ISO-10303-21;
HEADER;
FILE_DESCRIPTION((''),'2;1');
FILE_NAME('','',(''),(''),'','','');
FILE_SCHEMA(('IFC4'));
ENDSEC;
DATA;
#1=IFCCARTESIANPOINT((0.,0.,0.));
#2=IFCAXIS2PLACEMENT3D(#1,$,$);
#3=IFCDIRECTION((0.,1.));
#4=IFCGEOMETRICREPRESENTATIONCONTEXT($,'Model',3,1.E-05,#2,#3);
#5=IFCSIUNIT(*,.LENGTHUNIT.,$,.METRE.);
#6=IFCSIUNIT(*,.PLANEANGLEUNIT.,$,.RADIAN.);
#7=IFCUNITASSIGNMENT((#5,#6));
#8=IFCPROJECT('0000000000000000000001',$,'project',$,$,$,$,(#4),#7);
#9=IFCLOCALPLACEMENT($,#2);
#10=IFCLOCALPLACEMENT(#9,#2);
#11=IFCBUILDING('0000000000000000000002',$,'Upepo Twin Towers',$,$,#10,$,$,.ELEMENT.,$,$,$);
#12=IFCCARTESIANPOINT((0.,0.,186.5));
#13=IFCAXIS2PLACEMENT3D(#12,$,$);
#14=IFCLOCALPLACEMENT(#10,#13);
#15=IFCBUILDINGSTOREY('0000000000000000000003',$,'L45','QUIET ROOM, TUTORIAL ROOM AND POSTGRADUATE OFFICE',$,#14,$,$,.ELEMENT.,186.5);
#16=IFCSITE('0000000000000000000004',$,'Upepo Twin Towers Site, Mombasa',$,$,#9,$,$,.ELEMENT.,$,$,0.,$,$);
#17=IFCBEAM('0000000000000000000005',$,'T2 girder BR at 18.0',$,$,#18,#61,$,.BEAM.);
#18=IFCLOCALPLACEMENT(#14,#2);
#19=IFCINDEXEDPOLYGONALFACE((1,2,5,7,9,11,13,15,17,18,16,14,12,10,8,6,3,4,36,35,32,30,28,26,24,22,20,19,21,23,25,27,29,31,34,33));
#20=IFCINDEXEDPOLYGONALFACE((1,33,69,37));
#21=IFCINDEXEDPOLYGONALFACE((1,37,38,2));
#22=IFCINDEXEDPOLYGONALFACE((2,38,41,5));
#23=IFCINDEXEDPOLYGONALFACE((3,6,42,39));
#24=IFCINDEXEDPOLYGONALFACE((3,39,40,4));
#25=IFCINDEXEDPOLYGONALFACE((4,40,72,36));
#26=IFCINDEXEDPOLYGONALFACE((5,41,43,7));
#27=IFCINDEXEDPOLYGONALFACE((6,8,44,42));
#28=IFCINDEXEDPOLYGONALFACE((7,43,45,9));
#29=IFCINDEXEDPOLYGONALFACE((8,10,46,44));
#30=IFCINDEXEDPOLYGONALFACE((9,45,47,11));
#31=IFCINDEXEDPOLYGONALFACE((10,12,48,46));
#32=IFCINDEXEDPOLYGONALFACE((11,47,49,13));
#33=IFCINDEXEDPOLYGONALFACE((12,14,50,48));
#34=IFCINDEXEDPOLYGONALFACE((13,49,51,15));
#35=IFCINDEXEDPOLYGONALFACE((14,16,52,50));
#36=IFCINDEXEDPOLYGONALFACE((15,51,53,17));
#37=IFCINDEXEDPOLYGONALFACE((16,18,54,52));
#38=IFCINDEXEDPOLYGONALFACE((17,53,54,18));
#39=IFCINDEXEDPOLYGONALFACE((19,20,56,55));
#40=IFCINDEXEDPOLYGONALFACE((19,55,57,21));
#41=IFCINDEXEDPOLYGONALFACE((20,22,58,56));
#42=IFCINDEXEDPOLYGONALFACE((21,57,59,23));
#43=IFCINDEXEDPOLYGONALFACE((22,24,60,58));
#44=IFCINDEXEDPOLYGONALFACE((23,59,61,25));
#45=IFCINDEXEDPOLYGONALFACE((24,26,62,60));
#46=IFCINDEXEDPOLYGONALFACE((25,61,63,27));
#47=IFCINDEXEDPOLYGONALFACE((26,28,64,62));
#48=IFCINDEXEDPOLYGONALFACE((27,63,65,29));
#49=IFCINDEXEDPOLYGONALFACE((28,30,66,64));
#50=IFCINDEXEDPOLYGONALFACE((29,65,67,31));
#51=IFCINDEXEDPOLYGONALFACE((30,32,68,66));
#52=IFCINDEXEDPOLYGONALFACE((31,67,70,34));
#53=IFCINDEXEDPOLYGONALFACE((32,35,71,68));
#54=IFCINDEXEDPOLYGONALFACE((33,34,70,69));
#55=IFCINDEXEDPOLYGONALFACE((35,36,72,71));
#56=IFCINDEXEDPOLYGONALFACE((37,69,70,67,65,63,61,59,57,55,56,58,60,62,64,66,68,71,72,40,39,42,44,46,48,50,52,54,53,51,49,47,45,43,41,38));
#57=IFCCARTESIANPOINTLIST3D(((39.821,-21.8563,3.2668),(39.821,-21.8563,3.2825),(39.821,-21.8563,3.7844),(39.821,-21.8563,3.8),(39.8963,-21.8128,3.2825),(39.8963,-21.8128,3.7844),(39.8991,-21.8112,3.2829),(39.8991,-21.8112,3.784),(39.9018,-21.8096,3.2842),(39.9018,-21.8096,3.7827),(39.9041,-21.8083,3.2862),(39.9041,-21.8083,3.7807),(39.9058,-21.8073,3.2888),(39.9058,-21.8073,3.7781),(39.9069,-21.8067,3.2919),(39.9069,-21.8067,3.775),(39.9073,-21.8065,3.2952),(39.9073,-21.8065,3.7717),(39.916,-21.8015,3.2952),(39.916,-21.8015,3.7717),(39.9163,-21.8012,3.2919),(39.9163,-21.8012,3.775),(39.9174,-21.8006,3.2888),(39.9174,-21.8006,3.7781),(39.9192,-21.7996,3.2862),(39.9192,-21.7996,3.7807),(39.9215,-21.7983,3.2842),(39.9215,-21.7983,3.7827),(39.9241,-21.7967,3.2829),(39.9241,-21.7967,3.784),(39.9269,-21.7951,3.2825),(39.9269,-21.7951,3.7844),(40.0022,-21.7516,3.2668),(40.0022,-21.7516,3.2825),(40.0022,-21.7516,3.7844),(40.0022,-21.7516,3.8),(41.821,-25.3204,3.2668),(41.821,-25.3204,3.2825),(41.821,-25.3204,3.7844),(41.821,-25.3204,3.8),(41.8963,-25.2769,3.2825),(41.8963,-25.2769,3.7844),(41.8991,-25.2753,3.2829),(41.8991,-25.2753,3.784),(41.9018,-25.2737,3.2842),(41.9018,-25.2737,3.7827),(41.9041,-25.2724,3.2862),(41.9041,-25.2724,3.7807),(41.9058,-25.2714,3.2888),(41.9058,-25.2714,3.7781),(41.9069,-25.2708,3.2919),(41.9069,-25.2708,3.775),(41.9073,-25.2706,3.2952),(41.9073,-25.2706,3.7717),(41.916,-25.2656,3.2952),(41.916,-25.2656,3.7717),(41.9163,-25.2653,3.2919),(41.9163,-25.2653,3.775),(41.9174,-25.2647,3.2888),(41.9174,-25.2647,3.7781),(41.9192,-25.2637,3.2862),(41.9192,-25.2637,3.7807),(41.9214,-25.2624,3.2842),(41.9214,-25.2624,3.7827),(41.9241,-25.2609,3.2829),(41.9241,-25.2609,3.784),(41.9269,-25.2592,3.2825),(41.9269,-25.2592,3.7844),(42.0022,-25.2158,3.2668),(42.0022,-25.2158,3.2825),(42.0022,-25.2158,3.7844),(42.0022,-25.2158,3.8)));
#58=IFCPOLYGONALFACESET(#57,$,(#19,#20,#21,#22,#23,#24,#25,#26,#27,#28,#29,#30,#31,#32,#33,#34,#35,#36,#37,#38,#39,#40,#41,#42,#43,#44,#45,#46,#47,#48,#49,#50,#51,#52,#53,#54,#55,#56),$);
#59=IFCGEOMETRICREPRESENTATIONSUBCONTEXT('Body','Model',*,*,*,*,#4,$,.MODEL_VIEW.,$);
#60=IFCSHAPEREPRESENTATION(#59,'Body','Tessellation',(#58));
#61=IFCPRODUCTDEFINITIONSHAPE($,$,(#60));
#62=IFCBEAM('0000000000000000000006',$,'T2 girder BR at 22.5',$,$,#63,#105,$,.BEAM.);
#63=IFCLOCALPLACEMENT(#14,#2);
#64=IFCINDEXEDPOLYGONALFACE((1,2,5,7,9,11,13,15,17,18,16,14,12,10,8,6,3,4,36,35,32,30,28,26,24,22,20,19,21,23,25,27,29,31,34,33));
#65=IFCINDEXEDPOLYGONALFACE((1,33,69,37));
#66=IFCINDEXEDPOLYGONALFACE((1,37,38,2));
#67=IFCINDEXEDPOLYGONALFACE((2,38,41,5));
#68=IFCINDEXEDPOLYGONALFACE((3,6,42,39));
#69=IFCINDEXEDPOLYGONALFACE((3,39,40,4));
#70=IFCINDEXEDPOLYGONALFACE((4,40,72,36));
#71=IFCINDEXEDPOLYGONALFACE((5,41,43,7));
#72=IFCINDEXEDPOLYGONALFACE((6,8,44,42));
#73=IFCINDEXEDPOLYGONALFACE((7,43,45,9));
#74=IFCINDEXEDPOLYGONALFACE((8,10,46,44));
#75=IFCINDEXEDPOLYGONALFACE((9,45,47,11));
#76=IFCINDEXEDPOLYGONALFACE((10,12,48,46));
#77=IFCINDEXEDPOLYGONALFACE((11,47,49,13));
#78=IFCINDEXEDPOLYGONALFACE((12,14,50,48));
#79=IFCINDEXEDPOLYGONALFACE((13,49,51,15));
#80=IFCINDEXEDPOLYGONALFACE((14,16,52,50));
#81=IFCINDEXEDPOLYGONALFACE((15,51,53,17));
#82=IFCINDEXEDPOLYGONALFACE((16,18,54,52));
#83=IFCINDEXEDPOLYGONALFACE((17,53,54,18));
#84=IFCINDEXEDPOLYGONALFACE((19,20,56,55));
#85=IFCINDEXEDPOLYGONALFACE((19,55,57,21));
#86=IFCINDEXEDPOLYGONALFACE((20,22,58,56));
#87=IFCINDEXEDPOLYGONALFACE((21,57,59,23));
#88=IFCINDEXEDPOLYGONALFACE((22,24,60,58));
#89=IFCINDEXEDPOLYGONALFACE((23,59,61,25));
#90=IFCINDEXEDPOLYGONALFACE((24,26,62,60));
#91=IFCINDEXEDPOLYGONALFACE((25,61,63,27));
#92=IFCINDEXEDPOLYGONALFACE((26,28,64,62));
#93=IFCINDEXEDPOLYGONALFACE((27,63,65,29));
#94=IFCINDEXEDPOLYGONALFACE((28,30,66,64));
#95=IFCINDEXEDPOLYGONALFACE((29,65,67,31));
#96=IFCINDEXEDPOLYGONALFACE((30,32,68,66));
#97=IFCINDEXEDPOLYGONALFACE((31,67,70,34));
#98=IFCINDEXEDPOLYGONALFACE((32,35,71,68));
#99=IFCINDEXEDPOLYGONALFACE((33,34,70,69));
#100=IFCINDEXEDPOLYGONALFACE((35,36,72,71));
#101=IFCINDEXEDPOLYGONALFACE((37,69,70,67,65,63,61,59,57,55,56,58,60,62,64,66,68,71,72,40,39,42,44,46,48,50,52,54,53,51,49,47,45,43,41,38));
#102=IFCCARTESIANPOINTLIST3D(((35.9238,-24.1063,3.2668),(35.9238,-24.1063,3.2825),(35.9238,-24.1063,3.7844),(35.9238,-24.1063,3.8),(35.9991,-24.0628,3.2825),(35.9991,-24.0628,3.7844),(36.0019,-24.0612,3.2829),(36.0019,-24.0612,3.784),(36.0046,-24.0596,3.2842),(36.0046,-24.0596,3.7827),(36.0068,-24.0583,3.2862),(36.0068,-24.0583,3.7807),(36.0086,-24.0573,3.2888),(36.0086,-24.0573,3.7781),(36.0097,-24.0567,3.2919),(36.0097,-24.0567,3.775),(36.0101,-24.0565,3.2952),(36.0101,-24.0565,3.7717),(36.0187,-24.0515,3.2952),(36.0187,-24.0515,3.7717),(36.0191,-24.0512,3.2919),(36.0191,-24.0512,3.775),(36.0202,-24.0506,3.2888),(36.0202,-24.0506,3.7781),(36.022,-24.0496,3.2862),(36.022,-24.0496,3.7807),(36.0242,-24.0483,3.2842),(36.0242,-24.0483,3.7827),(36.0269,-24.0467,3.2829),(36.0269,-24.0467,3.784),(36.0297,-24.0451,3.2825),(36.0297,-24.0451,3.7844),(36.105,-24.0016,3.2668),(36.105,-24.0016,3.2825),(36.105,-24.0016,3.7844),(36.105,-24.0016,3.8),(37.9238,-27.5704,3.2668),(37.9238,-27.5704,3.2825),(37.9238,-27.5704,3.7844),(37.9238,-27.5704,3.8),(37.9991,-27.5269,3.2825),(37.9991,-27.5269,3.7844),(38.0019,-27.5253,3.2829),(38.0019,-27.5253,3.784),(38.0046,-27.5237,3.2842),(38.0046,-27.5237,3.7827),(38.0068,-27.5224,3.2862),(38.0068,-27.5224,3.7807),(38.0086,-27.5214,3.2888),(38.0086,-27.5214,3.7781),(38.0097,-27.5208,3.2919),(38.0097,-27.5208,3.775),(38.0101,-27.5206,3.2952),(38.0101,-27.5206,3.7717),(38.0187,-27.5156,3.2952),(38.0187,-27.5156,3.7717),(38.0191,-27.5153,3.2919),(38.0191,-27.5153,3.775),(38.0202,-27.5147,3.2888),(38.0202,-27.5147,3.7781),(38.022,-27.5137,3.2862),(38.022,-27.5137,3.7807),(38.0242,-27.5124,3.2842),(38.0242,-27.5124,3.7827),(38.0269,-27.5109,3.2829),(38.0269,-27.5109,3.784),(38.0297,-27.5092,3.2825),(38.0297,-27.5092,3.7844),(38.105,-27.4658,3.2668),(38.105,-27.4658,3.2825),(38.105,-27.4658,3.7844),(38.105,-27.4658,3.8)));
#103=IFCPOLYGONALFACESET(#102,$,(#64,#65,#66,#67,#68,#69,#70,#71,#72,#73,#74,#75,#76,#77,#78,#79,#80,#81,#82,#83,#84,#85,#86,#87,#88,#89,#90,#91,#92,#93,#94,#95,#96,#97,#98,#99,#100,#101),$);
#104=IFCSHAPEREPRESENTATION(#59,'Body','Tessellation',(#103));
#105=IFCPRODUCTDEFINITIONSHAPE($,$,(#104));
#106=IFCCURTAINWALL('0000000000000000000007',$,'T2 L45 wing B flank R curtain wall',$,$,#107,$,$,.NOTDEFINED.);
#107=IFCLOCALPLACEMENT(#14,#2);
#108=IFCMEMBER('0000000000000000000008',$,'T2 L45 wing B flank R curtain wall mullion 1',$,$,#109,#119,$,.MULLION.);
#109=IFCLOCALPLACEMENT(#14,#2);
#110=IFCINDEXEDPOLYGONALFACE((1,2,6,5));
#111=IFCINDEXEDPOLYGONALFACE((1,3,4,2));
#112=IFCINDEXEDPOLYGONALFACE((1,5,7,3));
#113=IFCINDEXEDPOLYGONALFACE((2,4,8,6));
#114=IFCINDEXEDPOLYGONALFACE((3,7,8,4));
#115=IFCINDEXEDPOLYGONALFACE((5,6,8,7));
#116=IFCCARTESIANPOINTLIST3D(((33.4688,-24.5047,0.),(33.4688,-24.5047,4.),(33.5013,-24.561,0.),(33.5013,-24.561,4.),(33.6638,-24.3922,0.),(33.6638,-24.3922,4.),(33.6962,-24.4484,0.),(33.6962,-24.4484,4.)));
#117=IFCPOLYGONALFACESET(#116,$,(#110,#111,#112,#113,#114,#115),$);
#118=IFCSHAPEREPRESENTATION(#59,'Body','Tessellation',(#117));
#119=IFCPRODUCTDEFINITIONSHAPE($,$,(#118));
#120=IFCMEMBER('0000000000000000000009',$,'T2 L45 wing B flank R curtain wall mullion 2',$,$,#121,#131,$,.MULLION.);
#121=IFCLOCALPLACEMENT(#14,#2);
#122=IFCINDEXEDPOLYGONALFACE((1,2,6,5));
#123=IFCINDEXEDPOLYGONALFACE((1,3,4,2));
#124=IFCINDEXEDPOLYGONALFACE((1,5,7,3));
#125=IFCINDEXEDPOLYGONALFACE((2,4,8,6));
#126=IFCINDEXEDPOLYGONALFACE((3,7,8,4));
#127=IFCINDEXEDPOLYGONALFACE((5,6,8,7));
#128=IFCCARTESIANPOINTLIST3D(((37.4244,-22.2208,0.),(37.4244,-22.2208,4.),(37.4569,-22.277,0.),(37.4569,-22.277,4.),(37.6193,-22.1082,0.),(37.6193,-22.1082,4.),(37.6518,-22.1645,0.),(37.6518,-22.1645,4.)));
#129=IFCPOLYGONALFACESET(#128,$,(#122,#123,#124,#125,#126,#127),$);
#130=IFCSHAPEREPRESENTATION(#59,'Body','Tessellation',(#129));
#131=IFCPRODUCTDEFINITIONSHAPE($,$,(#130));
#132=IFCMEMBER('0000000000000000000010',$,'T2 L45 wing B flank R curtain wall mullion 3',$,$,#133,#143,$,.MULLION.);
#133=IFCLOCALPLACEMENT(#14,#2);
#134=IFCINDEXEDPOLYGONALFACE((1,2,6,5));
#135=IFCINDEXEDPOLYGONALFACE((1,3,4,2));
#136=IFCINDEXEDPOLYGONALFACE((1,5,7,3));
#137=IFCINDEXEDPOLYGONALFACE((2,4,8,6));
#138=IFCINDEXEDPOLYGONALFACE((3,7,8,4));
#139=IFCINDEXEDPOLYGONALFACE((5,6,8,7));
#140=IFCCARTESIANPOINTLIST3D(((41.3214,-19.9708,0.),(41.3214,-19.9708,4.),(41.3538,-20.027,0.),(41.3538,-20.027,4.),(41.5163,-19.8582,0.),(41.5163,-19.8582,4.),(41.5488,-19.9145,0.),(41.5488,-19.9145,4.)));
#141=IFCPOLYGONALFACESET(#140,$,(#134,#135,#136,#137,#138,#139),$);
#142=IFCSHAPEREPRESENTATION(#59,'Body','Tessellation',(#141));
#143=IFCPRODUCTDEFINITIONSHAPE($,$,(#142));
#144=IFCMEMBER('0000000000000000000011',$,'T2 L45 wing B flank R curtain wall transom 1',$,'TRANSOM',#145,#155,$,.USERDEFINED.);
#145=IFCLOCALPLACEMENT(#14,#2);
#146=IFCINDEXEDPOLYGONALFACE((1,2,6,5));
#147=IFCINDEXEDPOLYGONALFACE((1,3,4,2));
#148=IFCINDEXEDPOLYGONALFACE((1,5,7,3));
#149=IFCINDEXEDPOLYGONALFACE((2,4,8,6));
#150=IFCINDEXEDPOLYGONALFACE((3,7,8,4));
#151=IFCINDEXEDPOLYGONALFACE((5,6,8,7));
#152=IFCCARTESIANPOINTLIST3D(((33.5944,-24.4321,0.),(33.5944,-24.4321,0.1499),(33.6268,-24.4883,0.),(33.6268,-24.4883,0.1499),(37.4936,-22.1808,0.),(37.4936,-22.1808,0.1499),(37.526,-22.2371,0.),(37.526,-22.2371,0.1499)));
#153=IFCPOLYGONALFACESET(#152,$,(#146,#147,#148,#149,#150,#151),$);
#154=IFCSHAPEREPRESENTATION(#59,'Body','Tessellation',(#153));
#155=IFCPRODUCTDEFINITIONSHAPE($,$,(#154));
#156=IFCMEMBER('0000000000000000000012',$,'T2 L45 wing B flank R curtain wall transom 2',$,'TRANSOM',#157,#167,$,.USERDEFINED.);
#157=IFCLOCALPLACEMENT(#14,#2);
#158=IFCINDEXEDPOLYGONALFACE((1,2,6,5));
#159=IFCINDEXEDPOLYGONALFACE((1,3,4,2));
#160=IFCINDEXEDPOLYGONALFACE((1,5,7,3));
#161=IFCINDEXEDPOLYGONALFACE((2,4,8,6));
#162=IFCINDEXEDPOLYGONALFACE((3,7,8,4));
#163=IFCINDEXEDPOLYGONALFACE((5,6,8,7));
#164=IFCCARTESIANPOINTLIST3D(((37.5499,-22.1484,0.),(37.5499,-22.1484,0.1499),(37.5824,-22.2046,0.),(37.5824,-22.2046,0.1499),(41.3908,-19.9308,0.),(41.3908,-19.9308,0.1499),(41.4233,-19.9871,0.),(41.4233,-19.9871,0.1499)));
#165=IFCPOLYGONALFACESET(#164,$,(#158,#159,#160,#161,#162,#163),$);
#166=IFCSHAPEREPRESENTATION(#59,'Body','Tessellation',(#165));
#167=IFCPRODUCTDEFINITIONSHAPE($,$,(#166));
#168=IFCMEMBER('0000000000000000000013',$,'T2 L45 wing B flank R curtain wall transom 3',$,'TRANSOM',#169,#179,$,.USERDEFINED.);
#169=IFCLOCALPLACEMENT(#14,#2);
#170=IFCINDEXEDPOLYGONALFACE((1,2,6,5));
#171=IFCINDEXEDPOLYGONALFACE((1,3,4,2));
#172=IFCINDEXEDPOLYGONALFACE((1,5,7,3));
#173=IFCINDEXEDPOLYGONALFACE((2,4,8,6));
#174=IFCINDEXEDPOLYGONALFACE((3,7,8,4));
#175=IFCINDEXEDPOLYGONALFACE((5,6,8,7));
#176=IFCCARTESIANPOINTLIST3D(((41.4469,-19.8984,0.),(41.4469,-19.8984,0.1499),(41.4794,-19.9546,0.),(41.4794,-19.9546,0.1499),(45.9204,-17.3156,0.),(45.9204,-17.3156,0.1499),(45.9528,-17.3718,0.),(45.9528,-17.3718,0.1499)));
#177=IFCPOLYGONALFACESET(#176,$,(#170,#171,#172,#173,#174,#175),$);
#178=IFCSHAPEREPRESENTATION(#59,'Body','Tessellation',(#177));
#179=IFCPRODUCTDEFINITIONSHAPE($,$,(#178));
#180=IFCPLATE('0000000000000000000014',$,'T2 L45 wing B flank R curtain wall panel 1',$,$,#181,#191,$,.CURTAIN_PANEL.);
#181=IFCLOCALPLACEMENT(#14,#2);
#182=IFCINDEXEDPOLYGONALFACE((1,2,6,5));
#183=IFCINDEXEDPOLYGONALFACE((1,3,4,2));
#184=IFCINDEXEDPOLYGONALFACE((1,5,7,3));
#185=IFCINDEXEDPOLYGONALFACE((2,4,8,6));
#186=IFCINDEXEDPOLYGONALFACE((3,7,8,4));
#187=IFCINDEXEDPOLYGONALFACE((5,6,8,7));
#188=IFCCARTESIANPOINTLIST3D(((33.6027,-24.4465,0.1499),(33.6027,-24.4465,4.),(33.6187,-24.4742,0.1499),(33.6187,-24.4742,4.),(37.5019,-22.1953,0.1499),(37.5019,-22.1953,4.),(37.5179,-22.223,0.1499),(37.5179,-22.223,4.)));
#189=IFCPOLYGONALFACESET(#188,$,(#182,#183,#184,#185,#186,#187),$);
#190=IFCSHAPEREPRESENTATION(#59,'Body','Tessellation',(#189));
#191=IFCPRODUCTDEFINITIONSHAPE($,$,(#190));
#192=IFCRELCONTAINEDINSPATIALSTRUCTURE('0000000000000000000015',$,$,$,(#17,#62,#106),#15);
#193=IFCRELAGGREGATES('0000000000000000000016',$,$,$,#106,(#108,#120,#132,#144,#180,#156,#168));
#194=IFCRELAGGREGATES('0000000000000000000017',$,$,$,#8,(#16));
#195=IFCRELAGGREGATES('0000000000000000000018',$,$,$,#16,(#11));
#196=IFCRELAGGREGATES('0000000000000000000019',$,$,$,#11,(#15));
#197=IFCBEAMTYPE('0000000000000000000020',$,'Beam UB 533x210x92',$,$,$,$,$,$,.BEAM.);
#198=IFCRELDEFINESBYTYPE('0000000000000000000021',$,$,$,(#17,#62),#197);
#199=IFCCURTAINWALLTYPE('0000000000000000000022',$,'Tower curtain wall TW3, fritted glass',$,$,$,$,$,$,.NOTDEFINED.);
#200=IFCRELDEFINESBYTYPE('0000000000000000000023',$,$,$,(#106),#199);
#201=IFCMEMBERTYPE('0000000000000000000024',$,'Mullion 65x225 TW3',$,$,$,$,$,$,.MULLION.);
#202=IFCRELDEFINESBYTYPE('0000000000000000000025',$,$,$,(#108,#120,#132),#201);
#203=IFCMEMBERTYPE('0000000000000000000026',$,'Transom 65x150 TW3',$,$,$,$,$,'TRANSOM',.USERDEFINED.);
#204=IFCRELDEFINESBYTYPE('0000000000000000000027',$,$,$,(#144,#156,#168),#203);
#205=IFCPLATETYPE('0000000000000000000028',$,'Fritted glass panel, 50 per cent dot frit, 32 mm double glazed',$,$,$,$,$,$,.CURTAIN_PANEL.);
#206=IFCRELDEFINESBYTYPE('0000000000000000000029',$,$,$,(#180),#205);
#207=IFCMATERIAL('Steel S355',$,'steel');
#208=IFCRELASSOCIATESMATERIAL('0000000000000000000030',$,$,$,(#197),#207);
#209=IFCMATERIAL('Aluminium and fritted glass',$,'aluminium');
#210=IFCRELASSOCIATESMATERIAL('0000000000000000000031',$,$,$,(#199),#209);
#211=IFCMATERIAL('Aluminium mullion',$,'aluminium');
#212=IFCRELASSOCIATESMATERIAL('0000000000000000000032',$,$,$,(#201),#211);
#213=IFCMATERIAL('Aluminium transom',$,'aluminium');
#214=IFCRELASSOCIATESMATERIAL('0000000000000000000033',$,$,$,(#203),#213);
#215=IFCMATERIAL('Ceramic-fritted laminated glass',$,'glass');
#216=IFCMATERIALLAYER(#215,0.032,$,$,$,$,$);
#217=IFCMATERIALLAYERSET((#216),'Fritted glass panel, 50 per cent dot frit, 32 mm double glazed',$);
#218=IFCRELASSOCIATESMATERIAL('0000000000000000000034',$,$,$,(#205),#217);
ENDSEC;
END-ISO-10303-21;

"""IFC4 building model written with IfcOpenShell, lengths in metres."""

from ifc_helpers import new_model, si_unit, direction, frame, origin, origin_2d, place, context, subcontext, project, spatial, rectangle, i_section, extrude, material, layer, layer_set, material_profile, profile_set, type_object, element, aggregate, save


model = new_model("IFC4")

# Units and contexts
model_context = context("Model", 3, precision=1e-05, world=origin(), true_north=direction((0.0, 1.0)))
body_context = subcontext(model_context, "Body", "Model", "MODEL_VIEW")
ifc_project = project(units=[si_unit("LENGTHUNIT", "METRE"), si_unit("PLANEANGLEUNIT", "RADIAN")], contexts=[model_context])

# Site, building, storey
site_placement = place(None, origin())
site = spatial("IfcSite", under=ifc_project, at=site_placement, Name="Upepo Twin Towers Site, Mombasa", CompositionType="ELEMENT", RefElevation=0.0)
building_placement = place(site_placement, origin())
building = spatial("IfcBuilding", under=site, at=building_placement, Name="Upepo Twin Towers", CompositionType="ELEMENT")
storey_placement = place(building_placement, frame((0.0, 0.0, 186.5)))
storey = spatial("IfcBuildingStorey", under=building, at=storey_placement, Name="L45", Description="QUIET ROOM, TUTORIAL ROOM AND POSTGRADUATE OFFICE", CompositionType="ELEMENT", Elevation=186.5)

# Beams
ifc_material_1 = material(Name="Steel S355", Category="steel")
ifc_material_profile_1 = material_profile(ifc_material_1, i_section(OverallWidth=0.2092, OverallDepth=0.5332, WebThickness=0.01, FlangeThickness=0.0156, FilletRadius=0.0127, at=origin_2d()), Name="UB 533x210x92")
ifc_profile_set_1 = profile_set([ifc_material_profile_1], Name="Steel S355")
beam_type_1 = type_object("IfcBeamType", Name="Beam UB 533x210x92", PredefinedType="BEAM", material=ifc_profile_set_1)
for number, where, z_axis, x_axis, name in (
    (1, (39.9116, -21.804, 3.5334), (0.499999, -0.866026, 0.0), (0.866026, 0.499999, 0.0), "T2 girder BR at 18.0"),
    (2, (36.0144, -24.054, 3.5334), (0.499999, -0.866026, 0.0), (0.866026, 0.499999, 0.0), "T2 girder BR at 22.5"),
):
    element("IfcBeam", number, at=place(storey_placement, frame(where, z_axis=z_axis, x_axis=x_axis)), inside=storey, type_object=beam_type_1, Name=name, PredefinedType="BEAM", context=body_context, shape_type="SweptSolid", body=[
        extrude(i_section(OverallWidth=0.2092, OverallDepth=0.5332, WebThickness=0.01, FlangeThickness=0.0156, FilletRadius=0.0127, at=origin_2d()), origin(), (0.0, 0.0, 1.0), 4.0),
    ])

# Curtain wall, members, plate
ifc_material_2 = material(Name="Aluminium and fritted glass", Category="aluminium")
curtain_wall_type = type_object("IfcCurtainWallType", Name="Tower curtain wall TW3, fritted glass", PredefinedType="NOTDEFINED", material=ifc_material_2)
curtain_wall_placement = place(storey_placement, origin())
curtain_wall = element("IfcCurtainWall", 3, at=curtain_wall_placement, inside=storey, type_object=curtain_wall_type, Name="T2 L45 wing B flank R curtain wall", PredefinedType="NOTDEFINED")
ifc_material_3 = material(Name="Aluminium mullion", Category="aluminium")
ifc_material_profile_2 = material_profile(ifc_material_3, rectangle(XDim=0.0649, YDim=0.2251, at=origin_2d()), Name="MULLION 65x225")
ifc_profile_set_2 = profile_set([ifc_material_profile_2], Name="Aluminium mullion")
member_type_1 = type_object("IfcMemberType", Name="Mullion 65x225 TW3", PredefinedType="MULLION", material=ifc_profile_set_2)
member_1_placement = place(storey_placement, frame((33.5825, -24.4766, 0.0), z_axis=(0.0, 0.0, 1.0), x_axis=(-0.5, 0.866025, 0.0)))
member_1 = element("IfcMember", 4, at=member_1_placement, type_object=member_type_1, Name="T2 L45 wing B flank R curtain wall mullion 1", PredefinedType="MULLION", context=body_context, shape_type="SweptSolid", body=[
    extrude(rectangle(XDim=0.0649, YDim=0.2251, at=origin_2d()), origin(), (0.0, 0.0, 1.0), 4.0),
])
member_2_placement = place(storey_placement, frame((37.5381, -22.1926, 0.0), z_axis=(0.0, 0.0, 1.0), x_axis=(-0.5, 0.866025, 0.0)))
member_2 = element("IfcMember", 5, at=member_2_placement, type_object=member_type_1, Name="T2 L45 wing B flank R curtain wall mullion 2", PredefinedType="MULLION", context=body_context, shape_type="SweptSolid", body=[
    extrude(rectangle(XDim=0.0649, YDim=0.2251, at=origin_2d()), origin(), (0.0, 0.0, 1.0), 4.0),
])
member_3_placement = place(storey_placement, frame((41.4351, -19.9426, 0.0), z_axis=(0.0, 0.0, 1.0), x_axis=(-0.5, 0.866025, 0.0)))
member_3 = element("IfcMember", 6, at=member_3_placement, type_object=member_type_1, Name="T2 L45 wing B flank R curtain wall mullion 3", PredefinedType="MULLION", context=body_context, shape_type="SweptSolid", body=[
    extrude(rectangle(XDim=0.0649, YDim=0.2251, at=origin_2d()), origin(), (0.0, 0.0, 1.0), 4.0),
])
ifc_material_4 = material(Name="Aluminium transom", Category="aluminium")
ifc_material_profile_3 = material_profile(ifc_material_4, rectangle(XDim=0.0649, YDim=0.1499, at=origin_2d()), Name="TRANSOM 65x150")
ifc_profile_set_3 = profile_set([ifc_material_profile_3], Name="Aluminium transom")
member_type_2 = type_object("IfcMemberType", Name="Transom 65x150 TW3", ElementType="TRANSOM", PredefinedType="USERDEFINED", material=ifc_profile_set_3)
member_4_placement = place(storey_placement, frame((33.6106, -24.4602, 0.075), z_axis=(0.866022, 0.500006, 0.0), x_axis=(-0.500006, 0.866022, 0.0)))
member_4 = element("IfcMember", 7, at=member_4_placement, type_object=member_type_2, Name="T2 L45 wing B flank R curtain wall transom 1", ObjectType="TRANSOM", PredefinedType="USERDEFINED", context=body_context, shape_type="SweptSolid", body=[
    extrude(rectangle(XDim=0.0649, YDim=0.1499, at=origin_2d()), origin(), (0.0, 0.0, 1.0), 4.5024),
])
member_5_placement = place(storey_placement, frame((37.5662, -22.1765, 0.075), z_axis=(0.866022, 0.500005, 0.0), x_axis=(-0.500005, 0.866022, 0.0)))
member_5 = element("IfcMember", 8, at=member_5_placement, type_object=member_type_2, Name="T2 L45 wing B flank R curtain wall transom 2", ObjectType="TRANSOM", PredefinedType="USERDEFINED", context=body_context, shape_type="SweptSolid", body=[
    extrude(rectangle(XDim=0.0649, YDim=0.1499, at=origin_2d()), origin(), (0.0, 0.0, 1.0), 4.4351),
])
member_6_placement = place(storey_placement, frame((41.4631, -19.9265, 0.075), z_axis=(0.866021, 0.500007, 0.0), x_axis=(-0.500007, 0.866021, 0.0)))
member_6 = element("IfcMember", 9, at=member_6_placement, type_object=member_type_2, Name="T2 L45 wing B flank R curtain wall transom 3", ObjectType="TRANSOM", PredefinedType="USERDEFINED", context=body_context, shape_type="SweptSolid", body=[
    extrude(rectangle(XDim=0.0649, YDim=0.1499, at=origin_2d()), origin(), (0.0, 0.0, 1.0), 5.1655),
])
ifc_material_5 = material(Name="Ceramic-fritted laminated glass", Category="glass")
ifc_layer_1 = layer(ifc_material_5, 0.032)
ifc_layer_set_1 = layer_set([ifc_layer_1], Name="Fritted glass panel, 50 per cent dot frit, 32 mm double glazed")
plate_type = type_object("IfcPlateType", Name="Fritted glass panel, 50 per cent dot frit, 32 mm double glazed", PredefinedType="CURTAIN_PANEL", material=ifc_layer_set_1)
plate_1_placement = place(storey_placement, frame((35.5603, -23.3347, 0.1499), z_axis=(0.0, 0.0, 1.0), x_axis=(0.866025, 0.5, 0.0)))
plate_1 = element("IfcPlate", 10, at=plate_1_placement, type_object=plate_type, Name="T2 L45 wing B flank R curtain wall panel 1", PredefinedType="CURTAIN_PANEL", context=body_context, shape_type="SweptSolid", body=[
    extrude(rectangle(XDim=4.5024, YDim=0.032, at=origin_2d()), origin(), (0.0, 0.0, 1.0), 3.8501),
])
aggregate(curtain_wall, [member_1, member_2, member_3, member_4, plate_1, member_5, member_6])

save(model, "model.ifc")
